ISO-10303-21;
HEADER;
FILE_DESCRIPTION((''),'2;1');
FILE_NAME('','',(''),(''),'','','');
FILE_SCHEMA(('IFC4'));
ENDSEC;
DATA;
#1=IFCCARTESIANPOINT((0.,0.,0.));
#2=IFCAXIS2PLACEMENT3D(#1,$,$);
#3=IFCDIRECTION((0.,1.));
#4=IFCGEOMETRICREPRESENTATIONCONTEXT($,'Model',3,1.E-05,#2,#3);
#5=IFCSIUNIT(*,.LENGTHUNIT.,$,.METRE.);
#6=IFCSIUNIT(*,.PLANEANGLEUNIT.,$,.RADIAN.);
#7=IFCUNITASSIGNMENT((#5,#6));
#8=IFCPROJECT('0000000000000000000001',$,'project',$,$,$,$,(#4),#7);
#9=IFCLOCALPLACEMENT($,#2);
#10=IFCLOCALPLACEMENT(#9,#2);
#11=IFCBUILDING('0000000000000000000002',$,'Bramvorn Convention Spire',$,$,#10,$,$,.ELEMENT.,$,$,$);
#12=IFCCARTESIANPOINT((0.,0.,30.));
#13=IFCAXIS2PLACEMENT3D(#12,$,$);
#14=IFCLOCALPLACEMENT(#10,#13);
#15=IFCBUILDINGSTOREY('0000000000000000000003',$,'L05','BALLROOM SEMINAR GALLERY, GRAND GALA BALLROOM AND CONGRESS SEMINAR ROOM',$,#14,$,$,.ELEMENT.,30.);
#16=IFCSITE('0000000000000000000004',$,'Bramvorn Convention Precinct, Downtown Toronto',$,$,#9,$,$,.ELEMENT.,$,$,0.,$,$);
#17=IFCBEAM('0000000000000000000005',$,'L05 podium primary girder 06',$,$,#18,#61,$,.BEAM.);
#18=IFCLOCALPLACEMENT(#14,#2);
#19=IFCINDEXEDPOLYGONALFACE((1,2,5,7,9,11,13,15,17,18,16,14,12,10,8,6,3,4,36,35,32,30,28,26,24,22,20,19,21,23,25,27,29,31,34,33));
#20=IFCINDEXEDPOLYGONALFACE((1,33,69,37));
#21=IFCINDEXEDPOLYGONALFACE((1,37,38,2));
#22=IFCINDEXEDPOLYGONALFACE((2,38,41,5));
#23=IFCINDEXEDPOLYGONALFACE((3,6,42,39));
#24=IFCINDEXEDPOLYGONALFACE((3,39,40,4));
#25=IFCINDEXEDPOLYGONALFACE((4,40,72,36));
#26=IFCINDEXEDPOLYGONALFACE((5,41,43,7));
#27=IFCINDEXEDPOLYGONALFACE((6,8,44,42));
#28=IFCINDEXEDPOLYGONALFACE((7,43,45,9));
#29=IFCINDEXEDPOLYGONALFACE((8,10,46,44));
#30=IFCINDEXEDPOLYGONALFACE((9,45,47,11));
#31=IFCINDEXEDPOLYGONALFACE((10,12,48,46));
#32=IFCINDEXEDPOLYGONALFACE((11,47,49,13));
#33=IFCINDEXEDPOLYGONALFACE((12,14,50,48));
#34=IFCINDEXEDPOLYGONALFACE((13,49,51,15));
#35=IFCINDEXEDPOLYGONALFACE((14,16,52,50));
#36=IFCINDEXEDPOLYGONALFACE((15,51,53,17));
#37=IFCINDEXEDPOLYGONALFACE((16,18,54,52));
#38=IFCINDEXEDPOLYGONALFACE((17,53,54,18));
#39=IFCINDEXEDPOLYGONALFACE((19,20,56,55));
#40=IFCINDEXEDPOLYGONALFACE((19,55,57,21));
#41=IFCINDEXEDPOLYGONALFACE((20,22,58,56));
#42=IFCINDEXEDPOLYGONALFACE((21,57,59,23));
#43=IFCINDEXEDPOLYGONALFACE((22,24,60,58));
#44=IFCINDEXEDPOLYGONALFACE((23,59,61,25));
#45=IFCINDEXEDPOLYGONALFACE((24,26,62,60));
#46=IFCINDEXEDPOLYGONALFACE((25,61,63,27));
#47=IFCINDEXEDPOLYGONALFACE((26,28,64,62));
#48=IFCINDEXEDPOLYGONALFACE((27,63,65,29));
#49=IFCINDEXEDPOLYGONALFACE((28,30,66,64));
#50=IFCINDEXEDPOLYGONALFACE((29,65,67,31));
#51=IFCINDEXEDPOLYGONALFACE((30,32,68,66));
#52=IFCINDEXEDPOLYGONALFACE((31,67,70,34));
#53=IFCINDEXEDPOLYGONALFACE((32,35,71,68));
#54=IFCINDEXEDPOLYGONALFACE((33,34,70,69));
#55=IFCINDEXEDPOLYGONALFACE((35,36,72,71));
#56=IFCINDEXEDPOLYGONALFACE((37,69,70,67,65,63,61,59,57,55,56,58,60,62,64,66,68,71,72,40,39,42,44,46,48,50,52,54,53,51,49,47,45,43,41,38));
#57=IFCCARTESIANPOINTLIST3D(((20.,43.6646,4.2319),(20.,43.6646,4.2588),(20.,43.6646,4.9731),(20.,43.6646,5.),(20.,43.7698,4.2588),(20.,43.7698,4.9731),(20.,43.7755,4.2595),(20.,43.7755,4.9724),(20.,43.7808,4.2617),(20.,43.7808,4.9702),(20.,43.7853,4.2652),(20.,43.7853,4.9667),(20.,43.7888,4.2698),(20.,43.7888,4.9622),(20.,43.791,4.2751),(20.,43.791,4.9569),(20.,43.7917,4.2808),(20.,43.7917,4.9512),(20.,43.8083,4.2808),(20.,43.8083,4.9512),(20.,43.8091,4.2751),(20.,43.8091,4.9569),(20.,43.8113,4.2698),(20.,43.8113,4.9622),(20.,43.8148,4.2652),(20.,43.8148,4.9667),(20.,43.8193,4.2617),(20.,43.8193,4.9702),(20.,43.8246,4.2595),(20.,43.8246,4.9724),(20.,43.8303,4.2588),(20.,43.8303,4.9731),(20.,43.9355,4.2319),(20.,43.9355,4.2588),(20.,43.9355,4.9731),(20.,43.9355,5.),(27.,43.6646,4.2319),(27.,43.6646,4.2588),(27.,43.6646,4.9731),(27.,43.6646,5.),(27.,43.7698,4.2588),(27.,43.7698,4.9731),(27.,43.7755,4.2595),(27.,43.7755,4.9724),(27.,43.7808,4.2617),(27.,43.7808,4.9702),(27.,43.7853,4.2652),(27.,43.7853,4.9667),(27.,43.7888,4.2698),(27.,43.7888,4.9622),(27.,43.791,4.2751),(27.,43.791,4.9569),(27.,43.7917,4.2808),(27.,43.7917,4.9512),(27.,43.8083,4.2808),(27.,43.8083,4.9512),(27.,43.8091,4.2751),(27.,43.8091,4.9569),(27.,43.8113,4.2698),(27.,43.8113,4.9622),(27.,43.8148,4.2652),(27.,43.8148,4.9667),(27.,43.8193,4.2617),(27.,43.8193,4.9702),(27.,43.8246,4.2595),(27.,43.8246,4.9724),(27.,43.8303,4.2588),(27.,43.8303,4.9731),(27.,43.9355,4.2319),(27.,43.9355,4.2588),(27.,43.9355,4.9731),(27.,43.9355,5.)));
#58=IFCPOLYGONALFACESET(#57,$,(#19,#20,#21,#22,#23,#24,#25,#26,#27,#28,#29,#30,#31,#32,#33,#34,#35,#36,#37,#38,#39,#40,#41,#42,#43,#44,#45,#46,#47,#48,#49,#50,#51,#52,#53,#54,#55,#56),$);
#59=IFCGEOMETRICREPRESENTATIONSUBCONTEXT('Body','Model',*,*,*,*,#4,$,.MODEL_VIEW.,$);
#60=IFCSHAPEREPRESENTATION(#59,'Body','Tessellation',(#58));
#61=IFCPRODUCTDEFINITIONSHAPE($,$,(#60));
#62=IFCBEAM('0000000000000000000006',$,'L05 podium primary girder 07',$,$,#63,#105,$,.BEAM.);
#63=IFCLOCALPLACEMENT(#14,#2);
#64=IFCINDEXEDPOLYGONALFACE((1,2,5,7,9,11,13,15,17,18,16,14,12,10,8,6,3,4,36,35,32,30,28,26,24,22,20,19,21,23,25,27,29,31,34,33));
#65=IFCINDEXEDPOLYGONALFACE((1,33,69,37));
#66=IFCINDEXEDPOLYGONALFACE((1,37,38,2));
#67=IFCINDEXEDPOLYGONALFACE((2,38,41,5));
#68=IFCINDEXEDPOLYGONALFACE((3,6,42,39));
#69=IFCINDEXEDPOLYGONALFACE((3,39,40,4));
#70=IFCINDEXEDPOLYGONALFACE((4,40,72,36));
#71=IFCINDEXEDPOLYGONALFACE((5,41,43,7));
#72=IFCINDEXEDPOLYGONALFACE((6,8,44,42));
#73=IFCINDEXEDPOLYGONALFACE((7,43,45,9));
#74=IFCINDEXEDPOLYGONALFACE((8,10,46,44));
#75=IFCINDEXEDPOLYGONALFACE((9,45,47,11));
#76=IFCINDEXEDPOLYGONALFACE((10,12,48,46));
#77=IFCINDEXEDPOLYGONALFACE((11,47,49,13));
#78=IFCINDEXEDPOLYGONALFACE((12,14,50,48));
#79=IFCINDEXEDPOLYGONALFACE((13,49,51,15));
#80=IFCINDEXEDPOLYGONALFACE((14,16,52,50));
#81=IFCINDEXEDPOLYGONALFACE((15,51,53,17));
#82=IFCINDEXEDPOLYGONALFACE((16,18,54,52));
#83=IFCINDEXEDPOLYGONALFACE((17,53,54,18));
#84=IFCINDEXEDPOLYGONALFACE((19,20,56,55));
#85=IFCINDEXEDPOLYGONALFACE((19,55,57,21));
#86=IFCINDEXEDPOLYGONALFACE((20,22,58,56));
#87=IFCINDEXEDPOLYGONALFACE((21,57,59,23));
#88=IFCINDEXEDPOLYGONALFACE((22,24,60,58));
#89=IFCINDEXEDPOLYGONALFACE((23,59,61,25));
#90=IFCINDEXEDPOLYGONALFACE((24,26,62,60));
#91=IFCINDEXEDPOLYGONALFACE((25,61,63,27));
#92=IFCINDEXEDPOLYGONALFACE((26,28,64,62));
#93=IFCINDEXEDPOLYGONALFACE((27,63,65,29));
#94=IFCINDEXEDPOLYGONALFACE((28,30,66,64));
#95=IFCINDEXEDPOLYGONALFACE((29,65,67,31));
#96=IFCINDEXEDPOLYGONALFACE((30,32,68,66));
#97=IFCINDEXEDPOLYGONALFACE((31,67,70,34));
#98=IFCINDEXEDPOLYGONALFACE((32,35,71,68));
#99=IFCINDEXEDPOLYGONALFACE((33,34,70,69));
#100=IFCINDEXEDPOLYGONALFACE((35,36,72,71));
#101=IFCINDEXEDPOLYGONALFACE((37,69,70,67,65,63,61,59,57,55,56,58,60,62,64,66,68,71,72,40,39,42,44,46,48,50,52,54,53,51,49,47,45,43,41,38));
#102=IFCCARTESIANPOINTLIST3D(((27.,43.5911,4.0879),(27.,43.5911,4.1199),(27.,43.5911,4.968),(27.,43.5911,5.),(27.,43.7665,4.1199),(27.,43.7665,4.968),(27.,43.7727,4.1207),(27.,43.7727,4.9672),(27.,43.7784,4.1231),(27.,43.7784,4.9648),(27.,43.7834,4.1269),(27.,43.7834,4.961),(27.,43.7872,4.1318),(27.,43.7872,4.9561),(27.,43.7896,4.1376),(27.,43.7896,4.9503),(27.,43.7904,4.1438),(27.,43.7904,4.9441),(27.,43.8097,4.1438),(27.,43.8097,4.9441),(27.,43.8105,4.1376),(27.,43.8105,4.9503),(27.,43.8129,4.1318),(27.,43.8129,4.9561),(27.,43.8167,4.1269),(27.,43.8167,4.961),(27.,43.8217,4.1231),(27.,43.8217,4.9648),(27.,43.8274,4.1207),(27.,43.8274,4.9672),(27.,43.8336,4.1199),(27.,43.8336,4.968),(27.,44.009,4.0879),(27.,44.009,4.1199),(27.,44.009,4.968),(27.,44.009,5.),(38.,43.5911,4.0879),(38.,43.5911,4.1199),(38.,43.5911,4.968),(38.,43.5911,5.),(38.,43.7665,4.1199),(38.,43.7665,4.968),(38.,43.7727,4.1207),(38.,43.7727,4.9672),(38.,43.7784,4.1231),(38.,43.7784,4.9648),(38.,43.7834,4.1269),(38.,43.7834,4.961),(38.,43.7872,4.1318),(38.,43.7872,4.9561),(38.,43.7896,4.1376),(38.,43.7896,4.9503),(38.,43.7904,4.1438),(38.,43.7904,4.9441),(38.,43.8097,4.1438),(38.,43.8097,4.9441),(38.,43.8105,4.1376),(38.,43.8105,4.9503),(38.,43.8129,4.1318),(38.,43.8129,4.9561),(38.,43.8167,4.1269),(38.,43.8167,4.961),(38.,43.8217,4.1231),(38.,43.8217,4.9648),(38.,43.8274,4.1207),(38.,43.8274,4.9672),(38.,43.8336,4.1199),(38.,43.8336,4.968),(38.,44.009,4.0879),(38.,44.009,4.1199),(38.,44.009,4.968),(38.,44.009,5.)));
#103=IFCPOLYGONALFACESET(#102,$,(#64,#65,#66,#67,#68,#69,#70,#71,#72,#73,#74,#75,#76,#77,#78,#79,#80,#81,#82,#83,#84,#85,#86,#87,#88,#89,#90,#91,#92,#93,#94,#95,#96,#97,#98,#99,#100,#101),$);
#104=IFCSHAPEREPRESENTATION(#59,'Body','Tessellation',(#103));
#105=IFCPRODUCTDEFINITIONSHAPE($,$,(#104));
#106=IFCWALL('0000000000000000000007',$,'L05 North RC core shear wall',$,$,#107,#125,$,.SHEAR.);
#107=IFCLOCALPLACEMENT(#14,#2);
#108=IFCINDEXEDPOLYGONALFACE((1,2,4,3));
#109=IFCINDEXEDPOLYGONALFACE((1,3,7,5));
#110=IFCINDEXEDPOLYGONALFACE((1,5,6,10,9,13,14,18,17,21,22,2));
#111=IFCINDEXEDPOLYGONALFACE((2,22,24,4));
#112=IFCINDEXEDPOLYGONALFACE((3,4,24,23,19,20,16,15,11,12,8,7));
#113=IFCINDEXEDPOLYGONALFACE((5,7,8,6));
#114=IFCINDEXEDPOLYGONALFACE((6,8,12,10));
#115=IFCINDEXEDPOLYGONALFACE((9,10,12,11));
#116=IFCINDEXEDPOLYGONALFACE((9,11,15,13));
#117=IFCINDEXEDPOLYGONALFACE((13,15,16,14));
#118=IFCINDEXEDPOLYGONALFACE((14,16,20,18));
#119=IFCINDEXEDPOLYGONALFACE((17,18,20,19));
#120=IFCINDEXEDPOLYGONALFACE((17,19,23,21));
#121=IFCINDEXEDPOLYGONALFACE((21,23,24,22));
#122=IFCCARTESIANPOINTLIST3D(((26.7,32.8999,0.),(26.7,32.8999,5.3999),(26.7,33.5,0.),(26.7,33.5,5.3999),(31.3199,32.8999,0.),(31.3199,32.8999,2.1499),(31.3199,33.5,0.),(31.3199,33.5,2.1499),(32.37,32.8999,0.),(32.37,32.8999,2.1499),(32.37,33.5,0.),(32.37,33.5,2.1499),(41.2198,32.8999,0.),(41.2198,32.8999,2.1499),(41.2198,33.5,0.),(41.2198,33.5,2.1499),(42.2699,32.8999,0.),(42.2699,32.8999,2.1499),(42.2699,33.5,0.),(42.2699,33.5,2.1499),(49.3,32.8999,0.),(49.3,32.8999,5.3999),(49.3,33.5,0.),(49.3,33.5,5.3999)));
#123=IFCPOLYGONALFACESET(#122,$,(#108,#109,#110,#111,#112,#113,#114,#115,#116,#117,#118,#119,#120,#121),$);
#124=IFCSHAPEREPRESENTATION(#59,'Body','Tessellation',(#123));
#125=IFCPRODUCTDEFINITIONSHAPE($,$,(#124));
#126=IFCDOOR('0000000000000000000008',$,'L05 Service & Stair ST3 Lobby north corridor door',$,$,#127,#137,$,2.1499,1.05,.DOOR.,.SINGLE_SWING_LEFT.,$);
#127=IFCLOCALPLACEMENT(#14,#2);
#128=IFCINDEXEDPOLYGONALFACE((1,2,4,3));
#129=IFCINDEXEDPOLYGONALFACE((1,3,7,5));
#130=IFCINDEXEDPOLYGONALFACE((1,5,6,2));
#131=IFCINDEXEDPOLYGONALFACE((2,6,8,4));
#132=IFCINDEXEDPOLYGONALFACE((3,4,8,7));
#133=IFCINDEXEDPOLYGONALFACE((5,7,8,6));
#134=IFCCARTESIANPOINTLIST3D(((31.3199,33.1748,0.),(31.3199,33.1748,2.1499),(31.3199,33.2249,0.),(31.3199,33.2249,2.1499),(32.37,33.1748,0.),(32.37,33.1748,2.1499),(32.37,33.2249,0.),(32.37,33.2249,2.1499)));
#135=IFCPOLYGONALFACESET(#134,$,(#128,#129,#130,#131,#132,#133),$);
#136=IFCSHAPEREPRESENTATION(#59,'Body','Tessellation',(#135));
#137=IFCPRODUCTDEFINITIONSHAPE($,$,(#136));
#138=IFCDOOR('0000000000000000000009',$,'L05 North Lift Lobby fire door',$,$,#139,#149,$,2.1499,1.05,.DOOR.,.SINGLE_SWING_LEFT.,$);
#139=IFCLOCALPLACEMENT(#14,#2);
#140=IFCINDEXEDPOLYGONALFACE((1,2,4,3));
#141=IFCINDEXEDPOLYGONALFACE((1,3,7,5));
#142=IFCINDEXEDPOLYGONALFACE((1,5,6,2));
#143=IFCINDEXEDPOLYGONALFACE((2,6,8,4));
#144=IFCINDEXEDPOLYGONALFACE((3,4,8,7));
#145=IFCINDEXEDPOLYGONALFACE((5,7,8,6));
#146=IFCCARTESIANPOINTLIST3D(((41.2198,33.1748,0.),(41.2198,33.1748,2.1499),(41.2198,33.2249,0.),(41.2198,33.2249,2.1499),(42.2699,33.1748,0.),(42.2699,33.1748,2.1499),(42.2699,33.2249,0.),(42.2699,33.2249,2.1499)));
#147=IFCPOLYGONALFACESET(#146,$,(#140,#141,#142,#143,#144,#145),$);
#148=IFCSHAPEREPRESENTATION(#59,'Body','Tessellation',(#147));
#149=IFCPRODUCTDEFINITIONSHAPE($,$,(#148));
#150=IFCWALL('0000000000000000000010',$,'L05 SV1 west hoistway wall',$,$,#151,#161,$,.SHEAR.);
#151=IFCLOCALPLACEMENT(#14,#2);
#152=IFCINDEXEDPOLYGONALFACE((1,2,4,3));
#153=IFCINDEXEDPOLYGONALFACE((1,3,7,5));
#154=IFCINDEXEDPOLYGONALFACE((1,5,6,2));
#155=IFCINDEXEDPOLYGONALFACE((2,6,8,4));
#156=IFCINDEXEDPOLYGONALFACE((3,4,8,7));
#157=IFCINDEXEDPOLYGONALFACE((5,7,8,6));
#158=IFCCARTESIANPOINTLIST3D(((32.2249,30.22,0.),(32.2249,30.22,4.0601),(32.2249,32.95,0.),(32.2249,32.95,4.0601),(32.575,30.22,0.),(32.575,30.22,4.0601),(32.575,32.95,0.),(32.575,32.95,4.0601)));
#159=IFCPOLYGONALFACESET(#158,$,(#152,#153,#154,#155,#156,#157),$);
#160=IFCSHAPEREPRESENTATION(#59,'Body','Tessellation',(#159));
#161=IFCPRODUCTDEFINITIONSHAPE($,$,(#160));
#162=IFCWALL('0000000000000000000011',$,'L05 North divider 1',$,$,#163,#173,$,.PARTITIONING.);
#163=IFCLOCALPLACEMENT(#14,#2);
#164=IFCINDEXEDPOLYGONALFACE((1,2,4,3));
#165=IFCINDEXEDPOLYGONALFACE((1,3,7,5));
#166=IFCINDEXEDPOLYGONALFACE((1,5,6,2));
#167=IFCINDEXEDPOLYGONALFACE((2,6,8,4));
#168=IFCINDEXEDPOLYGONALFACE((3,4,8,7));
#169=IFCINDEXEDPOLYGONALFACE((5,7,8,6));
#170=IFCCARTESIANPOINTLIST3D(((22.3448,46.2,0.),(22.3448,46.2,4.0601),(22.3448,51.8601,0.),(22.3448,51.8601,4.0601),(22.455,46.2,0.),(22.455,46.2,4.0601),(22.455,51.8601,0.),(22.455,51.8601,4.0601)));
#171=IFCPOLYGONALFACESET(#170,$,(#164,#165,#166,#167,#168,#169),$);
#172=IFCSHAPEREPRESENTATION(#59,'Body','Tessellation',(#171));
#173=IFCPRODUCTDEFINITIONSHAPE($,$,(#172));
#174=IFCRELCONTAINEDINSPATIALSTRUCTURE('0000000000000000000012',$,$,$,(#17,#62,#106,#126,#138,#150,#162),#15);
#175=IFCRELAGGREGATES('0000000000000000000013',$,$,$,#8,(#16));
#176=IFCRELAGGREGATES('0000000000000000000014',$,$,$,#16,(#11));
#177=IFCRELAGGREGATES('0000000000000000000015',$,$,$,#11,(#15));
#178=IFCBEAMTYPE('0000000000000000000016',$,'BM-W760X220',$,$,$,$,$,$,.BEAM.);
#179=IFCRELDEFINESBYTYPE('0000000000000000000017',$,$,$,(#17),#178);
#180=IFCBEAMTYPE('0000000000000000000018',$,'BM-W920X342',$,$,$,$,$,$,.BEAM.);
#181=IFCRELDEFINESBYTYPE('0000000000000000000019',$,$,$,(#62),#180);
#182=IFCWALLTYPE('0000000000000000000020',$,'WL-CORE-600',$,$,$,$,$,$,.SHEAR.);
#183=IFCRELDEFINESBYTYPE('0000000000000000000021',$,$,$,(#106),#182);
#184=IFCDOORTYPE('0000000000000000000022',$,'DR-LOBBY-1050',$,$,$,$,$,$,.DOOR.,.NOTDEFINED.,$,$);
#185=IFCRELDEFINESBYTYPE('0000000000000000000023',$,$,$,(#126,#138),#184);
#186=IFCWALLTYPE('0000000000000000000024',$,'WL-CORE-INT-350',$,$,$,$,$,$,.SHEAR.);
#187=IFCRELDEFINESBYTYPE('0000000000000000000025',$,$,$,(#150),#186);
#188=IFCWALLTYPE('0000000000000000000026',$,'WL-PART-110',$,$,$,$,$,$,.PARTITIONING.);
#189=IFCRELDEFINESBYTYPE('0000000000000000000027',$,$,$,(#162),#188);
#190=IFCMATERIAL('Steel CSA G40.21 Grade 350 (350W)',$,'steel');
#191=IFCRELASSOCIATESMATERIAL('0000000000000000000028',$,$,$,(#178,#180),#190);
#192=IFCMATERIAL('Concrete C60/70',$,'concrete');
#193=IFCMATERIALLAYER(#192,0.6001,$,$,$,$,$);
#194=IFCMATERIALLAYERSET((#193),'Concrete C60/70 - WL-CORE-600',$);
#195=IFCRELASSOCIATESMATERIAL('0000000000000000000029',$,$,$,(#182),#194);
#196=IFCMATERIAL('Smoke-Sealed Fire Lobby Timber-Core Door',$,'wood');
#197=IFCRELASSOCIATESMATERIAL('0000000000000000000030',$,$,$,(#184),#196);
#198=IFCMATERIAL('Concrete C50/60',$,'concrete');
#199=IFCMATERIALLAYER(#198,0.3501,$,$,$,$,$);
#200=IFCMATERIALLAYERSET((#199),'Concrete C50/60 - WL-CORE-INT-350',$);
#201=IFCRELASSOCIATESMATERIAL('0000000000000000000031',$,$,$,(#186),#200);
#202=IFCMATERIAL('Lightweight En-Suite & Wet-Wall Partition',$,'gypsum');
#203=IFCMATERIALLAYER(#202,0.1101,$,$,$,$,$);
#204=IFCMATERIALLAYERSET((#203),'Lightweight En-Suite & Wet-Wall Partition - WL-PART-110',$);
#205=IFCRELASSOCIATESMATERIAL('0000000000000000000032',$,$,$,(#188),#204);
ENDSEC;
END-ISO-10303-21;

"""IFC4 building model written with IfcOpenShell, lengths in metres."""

from ifc_helpers import new_model, si_unit, direction, frame, frame_2d, origin, origin_2d, place, context, subcontext, project, spatial, rectangle, i_section, extrude, material, layer, layer_set, material_profile, profile_set, type_object, element, fill, save


model = new_model("IFC4")

# Units and contexts
model_context = context("Model", 3, precision=1e-05, world=origin(), true_north=direction((0.0, 1.0)))
body_context = subcontext(model_context, "Body", "Model", "MODEL_VIEW")
ifc_project = project(units=[si_unit("LENGTHUNIT", "METRE"), si_unit("PLANEANGLEUNIT", "RADIAN")], contexts=[model_context])

# Site, building, storey
site_placement = place(None, origin())
site = spatial("IfcSite", under=ifc_project, at=site_placement, Name="Bramvorn Convention Precinct, Downtown Toronto", CompositionType="ELEMENT", RefElevation=0.0)
building_placement = place(site_placement, origin())
building = spatial("IfcBuilding", under=site, at=building_placement, Name="Bramvorn Convention Spire", CompositionType="ELEMENT")
storey_placement = place(building_placement, frame((0.0, 0.0, 30.0)))
storey = spatial("IfcBuildingStorey", under=building, at=storey_placement, Name="L05", Description="BALLROOM SEMINAR GALLERY, GRAND GALA BALLROOM AND CONGRESS SEMINAR ROOM", CompositionType="ELEMENT", Elevation=30.0)

# Shared definitions
ifc_material_1 = material(Name="Steel CSA G40.21 Grade 350 (350W)", Category="steel")
ifc_material_2 = material(Name="Concrete C60/70", Category="concrete")

# Beams
ifc_material_profile_1 = material_profile(ifc_material_1, i_section(OverallWidth=0.271, OverallDepth=0.7681, WebThickness=0.0166, FlangeThickness=0.0269, FilletRadius=0.022, at=origin_2d()))
ifc_profile_set_1 = profile_set([ifc_material_profile_1], Name="Steel CSA G40.21 Grade 350 (350W) - W760X220")
beam_type_1 = type_object("IfcBeamType", Name="BM-W760X220", PredefinedType="BEAM", material=ifc_profile_set_1)
beam_1_placement = place(storey_placement, frame((20.0, 43.8, 4.616), z_axis=(1.0, 0.0, 0.0), x_axis=(0.0, 1.0, 0.0)))
element("IfcBeam", 1, at=beam_1_placement, inside=storey, type_object=beam_type_1, Name="L05 podium primary girder 06", PredefinedType="BEAM", context=body_context, shape_type="SweptSolid", body=[
    extrude(i_section(OverallWidth=0.271, OverallDepth=0.7681, WebThickness=0.0166, FlangeThickness=0.0269, FilletRadius=0.022, at=origin_2d()), origin(), (0.0, 0.0, 1.0), 7.0),
])
ifc_material_profile_2 = material_profile(ifc_material_1, i_section(OverallWidth=0.418, OverallDepth=0.9121, WebThickness=0.0193, FlangeThickness=0.032, FilletRadius=0.0239, at=origin_2d()))
ifc_profile_set_2 = profile_set([ifc_material_profile_2], Name="Steel CSA G40.21 Grade 350 (350W) - W920X342")
beam_type_2 = type_object("IfcBeamType", Name="BM-W920X342", PredefinedType="BEAM", material=ifc_profile_set_2)
beam_2_placement = place(storey_placement, frame((27.0, 43.8, 4.5439), z_axis=(1.0, 0.0, 0.0), x_axis=(0.0, 1.0, 0.0)))
element("IfcBeam", 2, at=beam_2_placement, inside=storey, type_object=beam_type_2, Name="L05 podium primary girder 07", PredefinedType="BEAM", context=body_context, shape_type="SweptSolid", body=[
    extrude(i_section(OverallWidth=0.418, OverallDepth=0.9121, WebThickness=0.0193, FlangeThickness=0.032, FilletRadius=0.0239, at=origin_2d()), origin(), (0.0, 0.0, 1.0), 11.0),
])

# Wall, openings, doors
ifc_layer_1 = layer(ifc_material_2, 0.6001)
ifc_layer_set_1 = layer_set([ifc_layer_1], Name="Concrete C60/70 - WL-CORE-600")
wall_type_1 = type_object("IfcWallType", Name="WL-CORE-600", PredefinedType="SHEAR", material=ifc_layer_set_1)
wall_1_placement = place(storey_placement, frame((26.7, 33.2, 0.0), z_axis=(0.0, 0.0, 1.0), x_axis=(1.0, 0.0, 0.0)))
wall_1 = element("IfcWall", 3, at=wall_1_placement, inside=storey, type_object=wall_type_1, Name="L05 North RC core shear wall", PredefinedType="SHEAR", context=body_context, shape_type="SweptSolid", body=[
    extrude(rectangle(XDim=22.6001, YDim=0.6001, at=frame_2d((11.3, 0.0))), origin(), (0.0, 0.0, 1.0), 5.3999),
])
opening_1_placement = place(wall_1_placement, frame((4.6201, 0.0, 0.0)))
opening_1 = element("IfcOpeningElement", 4, at=opening_1_placement, cuts=wall_1, PredefinedType="OPENING", context=body_context, shape_type="SweptSolid", body=[
    extrude(rectangle(XDim=1.05, YDim=2.1499, at=frame_2d((0.5249, 1.075))), frame((0.0, 0.3101, 0.0), z_axis=(0.0, -1.0, 0.0), x_axis=(1.0, 0.0, 0.0)), (0.0, 0.0, 1.0), 0.6201),
])
opening_2_placement = place(wall_1_placement, frame((14.52, 0.0, 0.0)))
opening_2 = element("IfcOpeningElement", 5, at=opening_2_placement, cuts=wall_1, PredefinedType="OPENING", context=body_context, shape_type="SweptSolid", body=[
    extrude(rectangle(XDim=1.05, YDim=2.1499, at=frame_2d((0.5249, 1.075))), frame((0.0, 0.3101, 0.0), z_axis=(0.0, -1.0, 0.0), x_axis=(1.0, 0.0, 0.0)), (0.0, 0.0, 1.0), 0.6201),
])
ifc_material_3 = material(Name="Smoke-Sealed Fire Lobby Timber-Core Door", Category="wood")
door_type_1 = type_object("IfcDoorType", Name="DR-LOBBY-1050", OperationType="NOTDEFINED", PredefinedType="DOOR", material=ifc_material_3)
door_1_placement = place(opening_1_placement, origin())
door_1 = element("IfcDoor", 6, at=door_1_placement, inside=storey, type_object=door_type_1, Name="L05 Service & Stair ST3 Lobby north corridor door", OperationType="SINGLE_SWING_LEFT", OverallHeight=2.1499, OverallWidth=1.05, PredefinedType="DOOR", context=body_context, shape_type="SweptSolid", body=[
    extrude(rectangle(XDim=1.05, YDim=2.1499, at=frame_2d((0.5249, 1.075))), frame((0.0, 0.0249, 0.0), z_axis=(0.0, -1.0, 0.0), x_axis=(1.0, 0.0, 0.0)), (0.0, 0.0, 1.0), 0.05),
])
fill(opening_1, door_1)
door_2_placement = place(opening_2_placement, origin())
door_2 = element("IfcDoor", 7, at=door_2_placement, inside=storey, type_object=door_type_1, Name="L05 North Lift Lobby fire door", OperationType="SINGLE_SWING_LEFT", OverallHeight=2.1499, OverallWidth=1.05, PredefinedType="DOOR", context=body_context, shape_type="SweptSolid", body=[
    extrude(rectangle(XDim=1.05, YDim=2.1499, at=frame_2d((0.5249, 1.075))), frame((0.0, 0.0249, 0.0), z_axis=(0.0, -1.0, 0.0), x_axis=(1.0, 0.0, 0.0)), (0.0, 0.0, 1.0), 0.05),
])
fill(opening_2, door_2)

# Shared definitions
ifc_material_4 = material(Name="Concrete C50/60", Category="concrete")
ifc_layer_2 = layer(ifc_material_4, 0.3501)
ifc_layer_set_2 = layer_set([ifc_layer_2], Name="Concrete C50/60 - WL-CORE-INT-350")
wall_type_2 = type_object("IfcWallType", Name="WL-CORE-INT-350", PredefinedType="SHEAR", material=ifc_layer_set_2)

# Walls
wall_2_placement = place(storey_placement, frame((32.3999, 30.22, 0.0), z_axis=(0.0, 0.0, 1.0), x_axis=(0.0, 1.0, 0.0)))
element("IfcWall", 8, at=wall_2_placement, inside=storey, type_object=wall_type_2, Name="L05 SV1 west hoistway wall", PredefinedType="SHEAR", context=body_context, shape_type="SweptSolid", body=[
    extrude(rectangle(XDim=2.73, YDim=0.3501, at=frame_2d((1.365, 0.0))), origin(), (0.0, 0.0, 1.0), 4.0601),
])
ifc_material_5 = material(Name="Lightweight En-Suite & Wet-Wall Partition", Category="gypsum")
ifc_layer_3 = layer(ifc_material_5, 0.1101)
ifc_layer_set_3 = layer_set([ifc_layer_3], Name="Lightweight En-Suite & Wet-Wall Partition - WL-PART-110")
wall_type_3 = type_object("IfcWallType", Name="WL-PART-110", PredefinedType="PARTITIONING", material=ifc_layer_set_3)
wall_3_placement = place(storey_placement, frame((22.3999, 46.2, 0.0), z_axis=(0.0, 0.0, 1.0), x_axis=(0.0, 1.0, 0.0)))
element("IfcWall", 9, at=wall_3_placement, inside=storey, type_object=wall_type_3, Name="L05 North divider 1", PredefinedType="PARTITIONING", context=body_context, shape_type="SweptSolid", body=[
    extrude(rectangle(XDim=5.6602, YDim=0.1101, at=frame_2d((2.8301, 0.0))), origin(), (0.0, 0.0, 1.0), 4.0601),
])

save(model, "model.ifc")
